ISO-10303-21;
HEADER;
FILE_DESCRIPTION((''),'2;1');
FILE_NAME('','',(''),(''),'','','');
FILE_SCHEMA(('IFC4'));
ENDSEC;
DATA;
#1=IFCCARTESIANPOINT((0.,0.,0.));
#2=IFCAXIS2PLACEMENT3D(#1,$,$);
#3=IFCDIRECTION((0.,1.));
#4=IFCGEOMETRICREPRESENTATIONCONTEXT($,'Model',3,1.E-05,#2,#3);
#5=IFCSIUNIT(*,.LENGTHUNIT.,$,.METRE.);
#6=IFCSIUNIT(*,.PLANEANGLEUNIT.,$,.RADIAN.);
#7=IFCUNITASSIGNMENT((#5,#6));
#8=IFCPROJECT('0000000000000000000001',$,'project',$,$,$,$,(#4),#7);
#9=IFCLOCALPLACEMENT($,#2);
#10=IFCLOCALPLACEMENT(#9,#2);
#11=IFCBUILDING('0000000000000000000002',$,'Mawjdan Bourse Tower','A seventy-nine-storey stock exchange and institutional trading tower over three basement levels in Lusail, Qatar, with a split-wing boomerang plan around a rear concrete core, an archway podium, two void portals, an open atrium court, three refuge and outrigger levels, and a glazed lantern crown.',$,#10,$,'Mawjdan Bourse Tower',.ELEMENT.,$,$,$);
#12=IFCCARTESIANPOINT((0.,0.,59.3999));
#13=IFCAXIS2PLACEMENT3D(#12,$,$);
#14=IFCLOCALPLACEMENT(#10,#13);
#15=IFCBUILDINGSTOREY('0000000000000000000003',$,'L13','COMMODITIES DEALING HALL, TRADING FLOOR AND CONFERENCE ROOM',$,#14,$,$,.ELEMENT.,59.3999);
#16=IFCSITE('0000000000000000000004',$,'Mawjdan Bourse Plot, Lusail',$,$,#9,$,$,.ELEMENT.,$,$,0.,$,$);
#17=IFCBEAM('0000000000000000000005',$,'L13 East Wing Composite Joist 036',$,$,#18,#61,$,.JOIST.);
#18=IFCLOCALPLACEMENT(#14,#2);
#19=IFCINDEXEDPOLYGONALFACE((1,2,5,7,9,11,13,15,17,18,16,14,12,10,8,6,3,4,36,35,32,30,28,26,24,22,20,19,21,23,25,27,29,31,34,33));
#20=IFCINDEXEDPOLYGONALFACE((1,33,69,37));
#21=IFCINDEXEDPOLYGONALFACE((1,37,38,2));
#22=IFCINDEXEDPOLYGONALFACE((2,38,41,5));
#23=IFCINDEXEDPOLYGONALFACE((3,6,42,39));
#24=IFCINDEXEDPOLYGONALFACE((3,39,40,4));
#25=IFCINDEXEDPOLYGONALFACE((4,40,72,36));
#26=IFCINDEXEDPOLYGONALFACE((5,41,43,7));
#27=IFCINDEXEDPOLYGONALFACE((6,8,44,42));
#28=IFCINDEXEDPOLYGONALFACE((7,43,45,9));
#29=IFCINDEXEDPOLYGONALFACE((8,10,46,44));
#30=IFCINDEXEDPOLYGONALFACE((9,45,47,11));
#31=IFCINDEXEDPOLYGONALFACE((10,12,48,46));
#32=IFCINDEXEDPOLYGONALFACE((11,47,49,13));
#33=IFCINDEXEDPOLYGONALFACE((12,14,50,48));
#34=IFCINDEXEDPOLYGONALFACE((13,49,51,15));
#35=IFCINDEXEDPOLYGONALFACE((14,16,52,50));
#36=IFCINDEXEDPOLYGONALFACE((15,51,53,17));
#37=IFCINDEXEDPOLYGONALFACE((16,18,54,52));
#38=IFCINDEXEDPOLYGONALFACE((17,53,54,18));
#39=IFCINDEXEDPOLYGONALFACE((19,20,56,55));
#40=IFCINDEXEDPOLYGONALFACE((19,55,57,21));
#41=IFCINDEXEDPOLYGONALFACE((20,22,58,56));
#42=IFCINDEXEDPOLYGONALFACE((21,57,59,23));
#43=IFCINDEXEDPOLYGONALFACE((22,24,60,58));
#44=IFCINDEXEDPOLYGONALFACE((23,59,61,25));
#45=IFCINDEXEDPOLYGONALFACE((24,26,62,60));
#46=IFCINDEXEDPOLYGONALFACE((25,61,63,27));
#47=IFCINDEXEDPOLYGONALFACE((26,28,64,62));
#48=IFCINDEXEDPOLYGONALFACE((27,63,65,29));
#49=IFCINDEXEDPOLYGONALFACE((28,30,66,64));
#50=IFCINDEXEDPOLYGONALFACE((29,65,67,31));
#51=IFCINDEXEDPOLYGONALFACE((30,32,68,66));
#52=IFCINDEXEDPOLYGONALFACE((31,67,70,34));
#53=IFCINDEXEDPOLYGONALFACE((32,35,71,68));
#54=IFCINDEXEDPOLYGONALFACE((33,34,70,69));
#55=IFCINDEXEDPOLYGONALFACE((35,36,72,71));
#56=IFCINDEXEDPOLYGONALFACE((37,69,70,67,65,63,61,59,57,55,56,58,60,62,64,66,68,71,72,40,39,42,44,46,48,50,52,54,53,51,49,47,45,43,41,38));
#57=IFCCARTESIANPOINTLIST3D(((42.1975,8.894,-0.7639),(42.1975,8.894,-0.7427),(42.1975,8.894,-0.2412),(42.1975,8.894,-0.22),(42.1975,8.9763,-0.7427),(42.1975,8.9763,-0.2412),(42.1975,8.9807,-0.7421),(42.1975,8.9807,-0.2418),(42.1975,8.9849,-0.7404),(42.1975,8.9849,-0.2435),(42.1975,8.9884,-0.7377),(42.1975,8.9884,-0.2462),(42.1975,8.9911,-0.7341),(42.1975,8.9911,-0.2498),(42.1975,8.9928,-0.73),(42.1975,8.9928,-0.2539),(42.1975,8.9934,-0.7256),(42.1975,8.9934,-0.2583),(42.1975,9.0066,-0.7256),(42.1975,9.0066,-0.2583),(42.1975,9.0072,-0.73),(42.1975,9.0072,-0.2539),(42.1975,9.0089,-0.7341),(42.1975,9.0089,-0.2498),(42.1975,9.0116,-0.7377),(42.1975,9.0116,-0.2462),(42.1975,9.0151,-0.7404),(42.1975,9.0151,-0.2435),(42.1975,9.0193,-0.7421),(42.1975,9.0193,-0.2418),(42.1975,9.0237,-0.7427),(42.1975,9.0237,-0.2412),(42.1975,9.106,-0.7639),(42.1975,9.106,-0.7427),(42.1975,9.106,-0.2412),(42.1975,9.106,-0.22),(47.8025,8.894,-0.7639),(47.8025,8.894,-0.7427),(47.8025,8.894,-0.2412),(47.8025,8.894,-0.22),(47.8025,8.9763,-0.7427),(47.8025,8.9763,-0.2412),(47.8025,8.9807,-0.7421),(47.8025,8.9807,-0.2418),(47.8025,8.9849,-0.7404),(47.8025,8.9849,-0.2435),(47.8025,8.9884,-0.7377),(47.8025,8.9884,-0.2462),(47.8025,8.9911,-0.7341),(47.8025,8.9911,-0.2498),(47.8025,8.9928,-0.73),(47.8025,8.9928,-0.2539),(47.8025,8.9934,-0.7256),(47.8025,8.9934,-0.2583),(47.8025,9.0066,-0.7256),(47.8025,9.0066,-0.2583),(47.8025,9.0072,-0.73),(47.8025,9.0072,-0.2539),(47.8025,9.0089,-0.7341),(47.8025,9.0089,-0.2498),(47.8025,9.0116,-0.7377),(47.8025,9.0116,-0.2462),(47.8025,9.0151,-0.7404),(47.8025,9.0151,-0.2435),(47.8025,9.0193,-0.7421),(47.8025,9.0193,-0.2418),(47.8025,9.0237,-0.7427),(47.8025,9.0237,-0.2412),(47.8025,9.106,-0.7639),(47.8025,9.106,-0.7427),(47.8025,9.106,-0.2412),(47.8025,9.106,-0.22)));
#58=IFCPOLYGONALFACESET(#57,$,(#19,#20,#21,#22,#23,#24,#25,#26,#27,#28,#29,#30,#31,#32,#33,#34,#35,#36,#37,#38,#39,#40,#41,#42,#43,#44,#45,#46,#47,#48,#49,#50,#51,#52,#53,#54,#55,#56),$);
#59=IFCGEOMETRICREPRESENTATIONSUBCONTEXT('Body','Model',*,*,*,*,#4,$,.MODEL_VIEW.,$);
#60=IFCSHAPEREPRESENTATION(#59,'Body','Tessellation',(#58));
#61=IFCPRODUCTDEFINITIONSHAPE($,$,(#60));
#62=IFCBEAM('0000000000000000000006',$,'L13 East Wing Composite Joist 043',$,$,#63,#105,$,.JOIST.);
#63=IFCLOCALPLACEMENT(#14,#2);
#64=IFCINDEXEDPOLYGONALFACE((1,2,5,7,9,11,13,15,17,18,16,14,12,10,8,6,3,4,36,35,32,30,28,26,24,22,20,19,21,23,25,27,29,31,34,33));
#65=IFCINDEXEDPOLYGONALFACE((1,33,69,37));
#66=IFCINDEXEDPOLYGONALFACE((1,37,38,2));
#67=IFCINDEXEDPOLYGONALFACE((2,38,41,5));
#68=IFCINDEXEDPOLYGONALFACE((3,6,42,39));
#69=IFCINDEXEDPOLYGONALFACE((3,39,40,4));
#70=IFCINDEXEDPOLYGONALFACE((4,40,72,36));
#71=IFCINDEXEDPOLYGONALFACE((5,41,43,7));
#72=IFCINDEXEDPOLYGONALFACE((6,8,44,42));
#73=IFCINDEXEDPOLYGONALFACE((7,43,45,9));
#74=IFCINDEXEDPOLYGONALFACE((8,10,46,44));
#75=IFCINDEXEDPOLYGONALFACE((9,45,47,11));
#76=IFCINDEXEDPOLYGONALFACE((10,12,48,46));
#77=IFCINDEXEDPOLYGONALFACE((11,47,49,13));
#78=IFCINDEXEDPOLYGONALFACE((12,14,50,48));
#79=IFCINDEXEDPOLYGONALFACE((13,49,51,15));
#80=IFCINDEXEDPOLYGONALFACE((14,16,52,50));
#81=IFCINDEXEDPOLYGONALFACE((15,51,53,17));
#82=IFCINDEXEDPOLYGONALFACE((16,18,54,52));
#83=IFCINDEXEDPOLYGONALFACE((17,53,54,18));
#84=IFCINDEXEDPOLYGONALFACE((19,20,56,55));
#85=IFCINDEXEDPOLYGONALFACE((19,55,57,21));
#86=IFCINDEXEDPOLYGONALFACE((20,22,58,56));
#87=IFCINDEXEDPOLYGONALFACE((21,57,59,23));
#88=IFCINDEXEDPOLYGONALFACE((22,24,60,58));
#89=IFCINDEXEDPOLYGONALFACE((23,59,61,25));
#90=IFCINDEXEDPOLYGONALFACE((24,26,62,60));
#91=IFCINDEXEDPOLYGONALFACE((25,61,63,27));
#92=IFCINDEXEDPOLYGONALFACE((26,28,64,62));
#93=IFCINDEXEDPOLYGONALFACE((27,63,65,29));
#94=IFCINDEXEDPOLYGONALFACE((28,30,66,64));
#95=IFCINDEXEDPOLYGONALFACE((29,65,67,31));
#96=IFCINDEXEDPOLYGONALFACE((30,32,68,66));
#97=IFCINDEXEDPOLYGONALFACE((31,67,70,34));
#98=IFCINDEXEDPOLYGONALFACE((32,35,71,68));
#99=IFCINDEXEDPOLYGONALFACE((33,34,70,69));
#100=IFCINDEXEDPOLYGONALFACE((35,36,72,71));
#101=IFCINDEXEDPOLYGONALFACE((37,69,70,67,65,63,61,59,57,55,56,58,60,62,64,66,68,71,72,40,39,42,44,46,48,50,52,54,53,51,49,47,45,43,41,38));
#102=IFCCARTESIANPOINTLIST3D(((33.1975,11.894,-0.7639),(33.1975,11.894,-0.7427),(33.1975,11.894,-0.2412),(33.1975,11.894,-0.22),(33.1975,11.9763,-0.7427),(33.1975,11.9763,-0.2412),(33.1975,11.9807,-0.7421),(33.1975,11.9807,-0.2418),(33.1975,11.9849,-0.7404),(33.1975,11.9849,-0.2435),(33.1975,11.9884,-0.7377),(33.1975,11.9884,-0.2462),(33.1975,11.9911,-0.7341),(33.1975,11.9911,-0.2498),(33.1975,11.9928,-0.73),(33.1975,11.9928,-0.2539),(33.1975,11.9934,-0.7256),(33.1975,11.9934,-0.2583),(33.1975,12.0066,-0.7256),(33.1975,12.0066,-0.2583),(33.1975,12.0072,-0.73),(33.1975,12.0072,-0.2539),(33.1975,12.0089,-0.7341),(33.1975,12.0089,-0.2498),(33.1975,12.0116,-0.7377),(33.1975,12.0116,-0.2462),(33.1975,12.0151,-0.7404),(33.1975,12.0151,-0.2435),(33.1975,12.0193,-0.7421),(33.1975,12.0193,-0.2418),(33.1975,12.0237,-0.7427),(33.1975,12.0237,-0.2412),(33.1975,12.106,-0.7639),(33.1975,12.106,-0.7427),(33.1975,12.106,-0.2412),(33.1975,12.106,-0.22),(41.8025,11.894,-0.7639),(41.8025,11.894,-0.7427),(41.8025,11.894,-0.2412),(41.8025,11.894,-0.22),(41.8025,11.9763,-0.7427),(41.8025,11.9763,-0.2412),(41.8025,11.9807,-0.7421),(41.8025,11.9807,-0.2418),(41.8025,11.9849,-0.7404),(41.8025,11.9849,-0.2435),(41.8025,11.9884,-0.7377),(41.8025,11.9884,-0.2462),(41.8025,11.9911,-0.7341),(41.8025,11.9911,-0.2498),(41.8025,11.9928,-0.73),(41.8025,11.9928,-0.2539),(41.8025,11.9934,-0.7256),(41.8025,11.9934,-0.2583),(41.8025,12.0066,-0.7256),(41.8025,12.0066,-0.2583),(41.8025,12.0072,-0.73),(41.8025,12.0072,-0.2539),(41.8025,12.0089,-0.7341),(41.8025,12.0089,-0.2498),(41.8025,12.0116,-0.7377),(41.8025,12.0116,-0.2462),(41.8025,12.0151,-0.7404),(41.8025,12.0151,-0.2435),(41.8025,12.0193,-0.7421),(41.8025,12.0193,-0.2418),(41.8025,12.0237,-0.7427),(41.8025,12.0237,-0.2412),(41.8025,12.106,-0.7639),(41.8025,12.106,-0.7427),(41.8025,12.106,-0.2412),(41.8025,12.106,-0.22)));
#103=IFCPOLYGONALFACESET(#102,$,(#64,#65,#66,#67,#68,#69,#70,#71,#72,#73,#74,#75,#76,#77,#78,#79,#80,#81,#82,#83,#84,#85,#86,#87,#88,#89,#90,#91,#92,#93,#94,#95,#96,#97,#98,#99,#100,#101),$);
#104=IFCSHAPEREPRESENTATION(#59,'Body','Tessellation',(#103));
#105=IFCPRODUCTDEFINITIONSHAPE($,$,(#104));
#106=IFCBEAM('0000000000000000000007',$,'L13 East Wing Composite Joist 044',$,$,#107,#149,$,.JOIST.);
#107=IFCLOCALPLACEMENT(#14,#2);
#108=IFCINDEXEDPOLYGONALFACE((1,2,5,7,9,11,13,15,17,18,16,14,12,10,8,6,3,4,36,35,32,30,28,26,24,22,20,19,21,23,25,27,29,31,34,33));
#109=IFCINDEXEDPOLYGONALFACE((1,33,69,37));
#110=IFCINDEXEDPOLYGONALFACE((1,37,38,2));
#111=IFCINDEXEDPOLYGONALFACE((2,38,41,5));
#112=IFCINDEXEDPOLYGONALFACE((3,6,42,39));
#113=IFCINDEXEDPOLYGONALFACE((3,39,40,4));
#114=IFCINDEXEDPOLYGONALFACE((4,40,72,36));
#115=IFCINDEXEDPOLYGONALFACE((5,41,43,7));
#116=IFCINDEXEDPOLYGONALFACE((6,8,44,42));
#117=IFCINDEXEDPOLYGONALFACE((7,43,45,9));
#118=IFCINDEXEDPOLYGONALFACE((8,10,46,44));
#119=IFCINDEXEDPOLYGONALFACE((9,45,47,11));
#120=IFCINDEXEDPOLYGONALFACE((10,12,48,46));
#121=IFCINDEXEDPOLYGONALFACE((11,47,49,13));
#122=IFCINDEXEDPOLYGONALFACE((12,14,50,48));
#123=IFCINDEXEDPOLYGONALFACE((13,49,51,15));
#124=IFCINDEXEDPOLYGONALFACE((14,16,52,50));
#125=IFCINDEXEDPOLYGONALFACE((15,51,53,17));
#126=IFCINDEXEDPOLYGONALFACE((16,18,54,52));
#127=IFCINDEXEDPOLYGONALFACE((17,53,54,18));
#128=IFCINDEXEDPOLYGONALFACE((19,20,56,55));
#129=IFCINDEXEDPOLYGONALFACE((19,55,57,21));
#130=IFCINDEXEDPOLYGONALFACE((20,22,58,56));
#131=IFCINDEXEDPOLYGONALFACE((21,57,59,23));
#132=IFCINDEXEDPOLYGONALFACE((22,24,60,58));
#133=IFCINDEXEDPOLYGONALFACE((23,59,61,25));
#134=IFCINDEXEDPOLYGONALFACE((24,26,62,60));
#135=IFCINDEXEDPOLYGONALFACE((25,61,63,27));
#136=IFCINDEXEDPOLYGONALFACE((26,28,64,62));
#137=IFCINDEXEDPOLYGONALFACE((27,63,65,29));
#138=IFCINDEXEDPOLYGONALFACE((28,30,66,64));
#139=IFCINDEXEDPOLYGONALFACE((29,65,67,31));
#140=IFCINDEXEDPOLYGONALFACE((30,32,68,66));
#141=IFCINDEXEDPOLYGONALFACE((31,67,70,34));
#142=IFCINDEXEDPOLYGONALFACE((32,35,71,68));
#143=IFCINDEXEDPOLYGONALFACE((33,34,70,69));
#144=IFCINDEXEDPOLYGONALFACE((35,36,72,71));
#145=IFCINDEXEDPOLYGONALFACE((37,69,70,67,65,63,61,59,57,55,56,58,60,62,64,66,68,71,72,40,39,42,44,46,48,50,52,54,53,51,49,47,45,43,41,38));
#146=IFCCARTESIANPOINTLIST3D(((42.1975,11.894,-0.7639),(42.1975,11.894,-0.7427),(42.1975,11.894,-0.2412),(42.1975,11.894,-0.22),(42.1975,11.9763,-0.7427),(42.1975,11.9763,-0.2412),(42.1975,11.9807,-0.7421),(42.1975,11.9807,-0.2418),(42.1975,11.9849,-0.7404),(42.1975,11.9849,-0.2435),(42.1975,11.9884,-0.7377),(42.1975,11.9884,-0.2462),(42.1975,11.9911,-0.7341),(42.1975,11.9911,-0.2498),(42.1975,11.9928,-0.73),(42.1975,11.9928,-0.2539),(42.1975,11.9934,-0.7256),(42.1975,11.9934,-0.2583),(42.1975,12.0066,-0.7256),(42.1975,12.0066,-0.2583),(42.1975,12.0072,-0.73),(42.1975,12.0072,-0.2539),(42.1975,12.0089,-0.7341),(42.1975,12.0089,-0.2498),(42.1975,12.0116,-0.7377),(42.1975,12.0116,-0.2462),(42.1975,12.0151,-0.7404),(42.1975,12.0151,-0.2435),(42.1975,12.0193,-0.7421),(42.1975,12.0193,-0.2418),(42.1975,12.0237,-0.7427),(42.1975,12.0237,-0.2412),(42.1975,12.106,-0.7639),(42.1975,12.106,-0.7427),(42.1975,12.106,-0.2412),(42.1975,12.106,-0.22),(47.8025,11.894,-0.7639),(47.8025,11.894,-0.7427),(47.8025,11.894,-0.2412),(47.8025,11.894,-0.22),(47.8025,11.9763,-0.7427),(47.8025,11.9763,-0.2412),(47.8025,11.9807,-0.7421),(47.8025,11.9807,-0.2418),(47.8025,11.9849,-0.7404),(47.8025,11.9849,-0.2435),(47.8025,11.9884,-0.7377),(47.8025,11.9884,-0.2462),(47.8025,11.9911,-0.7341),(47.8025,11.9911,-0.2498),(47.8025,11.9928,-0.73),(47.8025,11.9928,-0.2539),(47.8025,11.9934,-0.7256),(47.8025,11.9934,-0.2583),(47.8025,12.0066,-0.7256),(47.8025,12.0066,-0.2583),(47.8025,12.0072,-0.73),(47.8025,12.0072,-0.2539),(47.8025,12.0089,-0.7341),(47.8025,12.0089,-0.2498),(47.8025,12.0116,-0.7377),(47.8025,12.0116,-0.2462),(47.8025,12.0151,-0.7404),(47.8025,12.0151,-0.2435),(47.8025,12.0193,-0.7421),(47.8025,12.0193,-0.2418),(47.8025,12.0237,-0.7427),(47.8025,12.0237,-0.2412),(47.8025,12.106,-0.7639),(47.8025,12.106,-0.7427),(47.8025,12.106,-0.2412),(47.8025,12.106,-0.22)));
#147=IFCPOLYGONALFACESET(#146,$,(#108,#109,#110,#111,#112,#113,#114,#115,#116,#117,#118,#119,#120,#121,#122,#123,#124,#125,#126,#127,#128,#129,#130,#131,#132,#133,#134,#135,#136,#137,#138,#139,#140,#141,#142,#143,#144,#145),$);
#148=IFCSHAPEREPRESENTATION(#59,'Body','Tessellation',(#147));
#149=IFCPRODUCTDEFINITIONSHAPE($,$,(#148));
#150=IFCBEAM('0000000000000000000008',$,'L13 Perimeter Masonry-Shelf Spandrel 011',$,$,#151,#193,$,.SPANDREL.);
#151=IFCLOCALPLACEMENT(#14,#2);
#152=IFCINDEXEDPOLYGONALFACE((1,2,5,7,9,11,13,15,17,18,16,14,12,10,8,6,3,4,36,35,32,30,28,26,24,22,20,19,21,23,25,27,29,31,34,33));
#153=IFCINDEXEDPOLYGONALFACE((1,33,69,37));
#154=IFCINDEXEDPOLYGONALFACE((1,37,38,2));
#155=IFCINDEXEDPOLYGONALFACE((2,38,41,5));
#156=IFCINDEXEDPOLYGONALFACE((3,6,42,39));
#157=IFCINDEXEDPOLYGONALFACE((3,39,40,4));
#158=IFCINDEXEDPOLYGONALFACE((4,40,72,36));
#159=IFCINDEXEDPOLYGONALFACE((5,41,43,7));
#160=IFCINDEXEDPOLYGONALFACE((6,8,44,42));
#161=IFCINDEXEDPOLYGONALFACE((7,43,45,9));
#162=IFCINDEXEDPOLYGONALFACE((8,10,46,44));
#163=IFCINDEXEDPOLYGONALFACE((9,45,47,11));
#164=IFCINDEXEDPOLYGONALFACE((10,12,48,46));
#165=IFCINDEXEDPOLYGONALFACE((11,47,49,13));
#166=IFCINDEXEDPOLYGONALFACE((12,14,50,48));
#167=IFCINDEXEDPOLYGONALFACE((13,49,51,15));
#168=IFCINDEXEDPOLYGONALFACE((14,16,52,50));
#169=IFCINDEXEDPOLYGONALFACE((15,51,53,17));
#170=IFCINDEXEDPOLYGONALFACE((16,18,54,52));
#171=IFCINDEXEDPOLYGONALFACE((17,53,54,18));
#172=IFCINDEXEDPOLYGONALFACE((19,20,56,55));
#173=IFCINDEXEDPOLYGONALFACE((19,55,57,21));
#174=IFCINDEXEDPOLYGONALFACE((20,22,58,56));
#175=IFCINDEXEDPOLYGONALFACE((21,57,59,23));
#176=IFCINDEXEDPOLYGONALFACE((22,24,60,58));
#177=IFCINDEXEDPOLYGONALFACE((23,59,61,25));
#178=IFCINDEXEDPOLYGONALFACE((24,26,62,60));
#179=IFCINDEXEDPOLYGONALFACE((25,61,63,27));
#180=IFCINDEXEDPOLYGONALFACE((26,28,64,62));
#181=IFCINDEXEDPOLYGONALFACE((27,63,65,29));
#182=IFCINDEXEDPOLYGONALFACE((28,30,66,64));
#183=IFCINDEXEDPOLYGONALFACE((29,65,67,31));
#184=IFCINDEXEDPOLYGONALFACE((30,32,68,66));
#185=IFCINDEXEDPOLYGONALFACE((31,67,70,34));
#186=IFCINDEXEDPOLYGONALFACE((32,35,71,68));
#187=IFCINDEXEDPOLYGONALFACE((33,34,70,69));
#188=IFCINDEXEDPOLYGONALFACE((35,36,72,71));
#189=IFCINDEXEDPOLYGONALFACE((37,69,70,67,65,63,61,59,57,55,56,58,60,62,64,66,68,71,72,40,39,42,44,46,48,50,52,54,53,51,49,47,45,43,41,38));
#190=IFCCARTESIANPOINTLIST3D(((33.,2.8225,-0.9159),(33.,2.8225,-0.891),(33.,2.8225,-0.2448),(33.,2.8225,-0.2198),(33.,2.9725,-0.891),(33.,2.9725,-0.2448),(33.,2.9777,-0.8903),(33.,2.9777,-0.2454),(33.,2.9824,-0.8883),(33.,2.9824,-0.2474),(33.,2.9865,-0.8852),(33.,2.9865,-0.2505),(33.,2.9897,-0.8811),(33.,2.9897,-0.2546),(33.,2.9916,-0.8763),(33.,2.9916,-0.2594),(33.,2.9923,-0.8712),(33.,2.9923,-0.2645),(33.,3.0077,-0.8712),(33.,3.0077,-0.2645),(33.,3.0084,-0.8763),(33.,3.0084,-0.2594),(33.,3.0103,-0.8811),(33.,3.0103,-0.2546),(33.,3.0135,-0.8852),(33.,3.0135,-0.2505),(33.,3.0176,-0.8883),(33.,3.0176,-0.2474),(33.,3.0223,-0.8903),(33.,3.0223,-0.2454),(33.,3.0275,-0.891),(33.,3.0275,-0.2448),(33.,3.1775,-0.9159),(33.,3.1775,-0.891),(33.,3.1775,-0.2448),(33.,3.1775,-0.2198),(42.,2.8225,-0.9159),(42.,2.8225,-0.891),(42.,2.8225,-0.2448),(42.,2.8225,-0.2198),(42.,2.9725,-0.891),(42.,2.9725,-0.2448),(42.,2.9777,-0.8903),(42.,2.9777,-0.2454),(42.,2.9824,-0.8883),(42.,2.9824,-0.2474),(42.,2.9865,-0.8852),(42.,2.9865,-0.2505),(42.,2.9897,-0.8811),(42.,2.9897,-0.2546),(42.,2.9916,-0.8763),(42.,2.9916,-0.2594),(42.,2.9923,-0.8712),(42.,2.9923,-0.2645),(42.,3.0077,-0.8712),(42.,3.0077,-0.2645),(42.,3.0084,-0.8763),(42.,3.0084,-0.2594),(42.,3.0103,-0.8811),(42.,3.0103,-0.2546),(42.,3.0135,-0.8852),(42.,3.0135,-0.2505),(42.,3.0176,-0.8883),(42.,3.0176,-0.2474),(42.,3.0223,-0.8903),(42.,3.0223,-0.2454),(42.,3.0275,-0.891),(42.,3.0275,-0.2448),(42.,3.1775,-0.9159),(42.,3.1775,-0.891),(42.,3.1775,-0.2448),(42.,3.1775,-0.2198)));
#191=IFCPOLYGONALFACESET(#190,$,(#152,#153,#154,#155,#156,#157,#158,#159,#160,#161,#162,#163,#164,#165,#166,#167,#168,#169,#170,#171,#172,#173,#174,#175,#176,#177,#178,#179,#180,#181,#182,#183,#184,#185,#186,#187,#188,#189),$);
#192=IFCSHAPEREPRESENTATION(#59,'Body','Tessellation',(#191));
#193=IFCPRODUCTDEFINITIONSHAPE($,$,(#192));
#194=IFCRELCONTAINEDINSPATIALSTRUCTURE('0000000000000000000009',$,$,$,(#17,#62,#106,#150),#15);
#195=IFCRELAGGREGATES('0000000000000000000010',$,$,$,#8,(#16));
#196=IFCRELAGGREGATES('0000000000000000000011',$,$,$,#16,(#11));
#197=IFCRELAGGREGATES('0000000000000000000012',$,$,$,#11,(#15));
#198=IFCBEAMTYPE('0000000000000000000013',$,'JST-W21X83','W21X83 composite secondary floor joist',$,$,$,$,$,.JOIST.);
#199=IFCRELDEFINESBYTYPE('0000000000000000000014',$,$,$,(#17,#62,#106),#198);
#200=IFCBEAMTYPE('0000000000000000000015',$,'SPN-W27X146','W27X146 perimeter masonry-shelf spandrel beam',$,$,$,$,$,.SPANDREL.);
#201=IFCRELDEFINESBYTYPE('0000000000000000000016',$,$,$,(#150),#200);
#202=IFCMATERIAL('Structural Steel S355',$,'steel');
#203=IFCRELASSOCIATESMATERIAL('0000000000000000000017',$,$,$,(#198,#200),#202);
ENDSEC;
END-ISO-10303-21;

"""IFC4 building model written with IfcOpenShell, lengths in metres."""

from ifc_helpers import new_model, si_unit, direction, frame, origin, origin_2d, place, context, subcontext, project, spatial, i_section, extrude, material, material_profile, profile_set, type_object, element, save


model = new_model("IFC4")

# Units and contexts
model_context = context("Model", 3, precision=1e-05, world=origin(), true_north=direction((0.0, 1.0)))
body_context = subcontext(model_context, "Body", "Model", "MODEL_VIEW")
ifc_project = project(units=[si_unit("LENGTHUNIT", "METRE"), si_unit("PLANEANGLEUNIT", "RADIAN")], contexts=[model_context])

# Site, building, storey
site_placement = place(None, origin())
site = spatial("IfcSite", under=ifc_project, at=site_placement, Name="Mawjdan Bourse Plot, Lusail", CompositionType="ELEMENT", RefElevation=0.0)
building_placement = place(site_placement, origin())
building = spatial("IfcBuilding", under=site, at=building_placement, Name="Mawjdan Bourse Tower", Description="A seventy-nine-storey stock exchange and institutional trading tower over three basement levels in Lusail, Qatar, with a split-wing boomerang plan around a rear concrete core, an archway podium, two void portals, an open atrium court, three refuge and outrigger levels, and a glazed lantern crown.", LongName="Mawjdan Bourse Tower", CompositionType="ELEMENT")
storey_placement = place(building_placement, frame((0.0, 0.0, 59.3999)))
storey = spatial("IfcBuildingStorey", under=building, at=storey_placement, Name="L13", Description="COMMODITIES DEALING HALL, TRADING FLOOR AND CONFERENCE ROOM", CompositionType="ELEMENT", Elevation=59.3999)

# Beams
ifc_material_1 = material(Name="Structural Steel S355", Category="steel")
ifc_material_profile_1 = material_profile(ifc_material_1, i_section(OverallWidth=0.2119, OverallDepth=0.5439, WebThickness=0.0132, FlangeThickness=0.0212, FilletRadius=0.0171, at=origin_2d()), Name="W21X83")
ifc_profile_set_1 = profile_set([ifc_material_profile_1], Name="Structural Steel S355")
beam_type_1 = type_object("IfcBeamType", Name="JST-W21X83", Description="W21X83 composite secondary floor joist", PredefinedType="JOIST", material=ifc_profile_set_1)
beam_1_placement = place(storey_placement, frame((42.1975, 9.0, -0.4919), z_axis=(1.0, 0.0, 0.0), x_axis=(0.0, 1.0, 0.0)))
element("IfcBeam", 1, at=beam_1_placement, inside=storey, type_object=beam_type_1, Name="L13 East Wing Composite Joist 036", PredefinedType="JOIST", context=body_context, shape_type="SweptSolid", body=[
    extrude(i_section(OverallWidth=0.2119, OverallDepth=0.5439, WebThickness=0.0132, FlangeThickness=0.0212, FilletRadius=0.0171, at=origin_2d()), origin(), (0.0, 0.0, 1.0), 5.605),
])
beam_2_placement = place(storey_placement, frame((33.1975, 12.0, -0.4919), z_axis=(1.0, 0.0, 0.0), x_axis=(0.0, 1.0, 0.0)))
element("IfcBeam", 2, at=beam_2_placement, inside=storey, type_object=beam_type_1, Name="L13 East Wing Composite Joist 043", PredefinedType="JOIST", context=body_context, shape_type="SweptSolid", body=[
    extrude(i_section(OverallWidth=0.2119, OverallDepth=0.5439, WebThickness=0.0132, FlangeThickness=0.0212, FilletRadius=0.0171, at=origin_2d()), origin(), (0.0, 0.0, 1.0), 8.605),
])
beam_3_placement = place(storey_placement, frame((42.1975, 12.0, -0.4919), z_axis=(1.0, 0.0, 0.0), x_axis=(0.0, 1.0, 0.0)))
element("IfcBeam", 3, at=beam_3_placement, inside=storey, type_object=beam_type_1, Name="L13 East Wing Composite Joist 044", PredefinedType="JOIST", context=body_context, shape_type="SweptSolid", body=[
    extrude(i_section(OverallWidth=0.2119, OverallDepth=0.5439, WebThickness=0.0132, FlangeThickness=0.0212, FilletRadius=0.0171, at=origin_2d()), origin(), (0.0, 0.0, 1.0), 5.605),
])
ifc_material_profile_2 = material_profile(ifc_material_1, i_section(OverallWidth=0.355, OverallDepth=0.696, WebThickness=0.0154, FlangeThickness=0.0249, FilletRadius=0.0198, at=origin_2d()), Name="W27X146")
ifc_profile_set_2 = profile_set([ifc_material_profile_2], Name="Structural Steel S355")
beam_type_2 = type_object("IfcBeamType", Name="SPN-W27X146", Description="W27X146 perimeter masonry-shelf spandrel beam", PredefinedType="SPANDREL", material=ifc_profile_set_2)
beam_4_placement = place(storey_placement, frame((33.0, 3.0, -0.5679), z_axis=(1.0, 0.0, 0.0), x_axis=(0.0, 1.0, 0.0)))
element("IfcBeam", 4, at=beam_4_placement, inside=storey, type_object=beam_type_2, Name="L13 Perimeter Masonry-Shelf Spandrel 011", PredefinedType="SPANDREL", context=body_context, shape_type="SweptSolid", body=[
    extrude(i_section(OverallWidth=0.355, OverallDepth=0.696, WebThickness=0.0154, FlangeThickness=0.0249, FilletRadius=0.0198, at=origin_2d()), origin(), (0.0, 0.0, 1.0), 9.0),
])

save(model, "model.ifc")
